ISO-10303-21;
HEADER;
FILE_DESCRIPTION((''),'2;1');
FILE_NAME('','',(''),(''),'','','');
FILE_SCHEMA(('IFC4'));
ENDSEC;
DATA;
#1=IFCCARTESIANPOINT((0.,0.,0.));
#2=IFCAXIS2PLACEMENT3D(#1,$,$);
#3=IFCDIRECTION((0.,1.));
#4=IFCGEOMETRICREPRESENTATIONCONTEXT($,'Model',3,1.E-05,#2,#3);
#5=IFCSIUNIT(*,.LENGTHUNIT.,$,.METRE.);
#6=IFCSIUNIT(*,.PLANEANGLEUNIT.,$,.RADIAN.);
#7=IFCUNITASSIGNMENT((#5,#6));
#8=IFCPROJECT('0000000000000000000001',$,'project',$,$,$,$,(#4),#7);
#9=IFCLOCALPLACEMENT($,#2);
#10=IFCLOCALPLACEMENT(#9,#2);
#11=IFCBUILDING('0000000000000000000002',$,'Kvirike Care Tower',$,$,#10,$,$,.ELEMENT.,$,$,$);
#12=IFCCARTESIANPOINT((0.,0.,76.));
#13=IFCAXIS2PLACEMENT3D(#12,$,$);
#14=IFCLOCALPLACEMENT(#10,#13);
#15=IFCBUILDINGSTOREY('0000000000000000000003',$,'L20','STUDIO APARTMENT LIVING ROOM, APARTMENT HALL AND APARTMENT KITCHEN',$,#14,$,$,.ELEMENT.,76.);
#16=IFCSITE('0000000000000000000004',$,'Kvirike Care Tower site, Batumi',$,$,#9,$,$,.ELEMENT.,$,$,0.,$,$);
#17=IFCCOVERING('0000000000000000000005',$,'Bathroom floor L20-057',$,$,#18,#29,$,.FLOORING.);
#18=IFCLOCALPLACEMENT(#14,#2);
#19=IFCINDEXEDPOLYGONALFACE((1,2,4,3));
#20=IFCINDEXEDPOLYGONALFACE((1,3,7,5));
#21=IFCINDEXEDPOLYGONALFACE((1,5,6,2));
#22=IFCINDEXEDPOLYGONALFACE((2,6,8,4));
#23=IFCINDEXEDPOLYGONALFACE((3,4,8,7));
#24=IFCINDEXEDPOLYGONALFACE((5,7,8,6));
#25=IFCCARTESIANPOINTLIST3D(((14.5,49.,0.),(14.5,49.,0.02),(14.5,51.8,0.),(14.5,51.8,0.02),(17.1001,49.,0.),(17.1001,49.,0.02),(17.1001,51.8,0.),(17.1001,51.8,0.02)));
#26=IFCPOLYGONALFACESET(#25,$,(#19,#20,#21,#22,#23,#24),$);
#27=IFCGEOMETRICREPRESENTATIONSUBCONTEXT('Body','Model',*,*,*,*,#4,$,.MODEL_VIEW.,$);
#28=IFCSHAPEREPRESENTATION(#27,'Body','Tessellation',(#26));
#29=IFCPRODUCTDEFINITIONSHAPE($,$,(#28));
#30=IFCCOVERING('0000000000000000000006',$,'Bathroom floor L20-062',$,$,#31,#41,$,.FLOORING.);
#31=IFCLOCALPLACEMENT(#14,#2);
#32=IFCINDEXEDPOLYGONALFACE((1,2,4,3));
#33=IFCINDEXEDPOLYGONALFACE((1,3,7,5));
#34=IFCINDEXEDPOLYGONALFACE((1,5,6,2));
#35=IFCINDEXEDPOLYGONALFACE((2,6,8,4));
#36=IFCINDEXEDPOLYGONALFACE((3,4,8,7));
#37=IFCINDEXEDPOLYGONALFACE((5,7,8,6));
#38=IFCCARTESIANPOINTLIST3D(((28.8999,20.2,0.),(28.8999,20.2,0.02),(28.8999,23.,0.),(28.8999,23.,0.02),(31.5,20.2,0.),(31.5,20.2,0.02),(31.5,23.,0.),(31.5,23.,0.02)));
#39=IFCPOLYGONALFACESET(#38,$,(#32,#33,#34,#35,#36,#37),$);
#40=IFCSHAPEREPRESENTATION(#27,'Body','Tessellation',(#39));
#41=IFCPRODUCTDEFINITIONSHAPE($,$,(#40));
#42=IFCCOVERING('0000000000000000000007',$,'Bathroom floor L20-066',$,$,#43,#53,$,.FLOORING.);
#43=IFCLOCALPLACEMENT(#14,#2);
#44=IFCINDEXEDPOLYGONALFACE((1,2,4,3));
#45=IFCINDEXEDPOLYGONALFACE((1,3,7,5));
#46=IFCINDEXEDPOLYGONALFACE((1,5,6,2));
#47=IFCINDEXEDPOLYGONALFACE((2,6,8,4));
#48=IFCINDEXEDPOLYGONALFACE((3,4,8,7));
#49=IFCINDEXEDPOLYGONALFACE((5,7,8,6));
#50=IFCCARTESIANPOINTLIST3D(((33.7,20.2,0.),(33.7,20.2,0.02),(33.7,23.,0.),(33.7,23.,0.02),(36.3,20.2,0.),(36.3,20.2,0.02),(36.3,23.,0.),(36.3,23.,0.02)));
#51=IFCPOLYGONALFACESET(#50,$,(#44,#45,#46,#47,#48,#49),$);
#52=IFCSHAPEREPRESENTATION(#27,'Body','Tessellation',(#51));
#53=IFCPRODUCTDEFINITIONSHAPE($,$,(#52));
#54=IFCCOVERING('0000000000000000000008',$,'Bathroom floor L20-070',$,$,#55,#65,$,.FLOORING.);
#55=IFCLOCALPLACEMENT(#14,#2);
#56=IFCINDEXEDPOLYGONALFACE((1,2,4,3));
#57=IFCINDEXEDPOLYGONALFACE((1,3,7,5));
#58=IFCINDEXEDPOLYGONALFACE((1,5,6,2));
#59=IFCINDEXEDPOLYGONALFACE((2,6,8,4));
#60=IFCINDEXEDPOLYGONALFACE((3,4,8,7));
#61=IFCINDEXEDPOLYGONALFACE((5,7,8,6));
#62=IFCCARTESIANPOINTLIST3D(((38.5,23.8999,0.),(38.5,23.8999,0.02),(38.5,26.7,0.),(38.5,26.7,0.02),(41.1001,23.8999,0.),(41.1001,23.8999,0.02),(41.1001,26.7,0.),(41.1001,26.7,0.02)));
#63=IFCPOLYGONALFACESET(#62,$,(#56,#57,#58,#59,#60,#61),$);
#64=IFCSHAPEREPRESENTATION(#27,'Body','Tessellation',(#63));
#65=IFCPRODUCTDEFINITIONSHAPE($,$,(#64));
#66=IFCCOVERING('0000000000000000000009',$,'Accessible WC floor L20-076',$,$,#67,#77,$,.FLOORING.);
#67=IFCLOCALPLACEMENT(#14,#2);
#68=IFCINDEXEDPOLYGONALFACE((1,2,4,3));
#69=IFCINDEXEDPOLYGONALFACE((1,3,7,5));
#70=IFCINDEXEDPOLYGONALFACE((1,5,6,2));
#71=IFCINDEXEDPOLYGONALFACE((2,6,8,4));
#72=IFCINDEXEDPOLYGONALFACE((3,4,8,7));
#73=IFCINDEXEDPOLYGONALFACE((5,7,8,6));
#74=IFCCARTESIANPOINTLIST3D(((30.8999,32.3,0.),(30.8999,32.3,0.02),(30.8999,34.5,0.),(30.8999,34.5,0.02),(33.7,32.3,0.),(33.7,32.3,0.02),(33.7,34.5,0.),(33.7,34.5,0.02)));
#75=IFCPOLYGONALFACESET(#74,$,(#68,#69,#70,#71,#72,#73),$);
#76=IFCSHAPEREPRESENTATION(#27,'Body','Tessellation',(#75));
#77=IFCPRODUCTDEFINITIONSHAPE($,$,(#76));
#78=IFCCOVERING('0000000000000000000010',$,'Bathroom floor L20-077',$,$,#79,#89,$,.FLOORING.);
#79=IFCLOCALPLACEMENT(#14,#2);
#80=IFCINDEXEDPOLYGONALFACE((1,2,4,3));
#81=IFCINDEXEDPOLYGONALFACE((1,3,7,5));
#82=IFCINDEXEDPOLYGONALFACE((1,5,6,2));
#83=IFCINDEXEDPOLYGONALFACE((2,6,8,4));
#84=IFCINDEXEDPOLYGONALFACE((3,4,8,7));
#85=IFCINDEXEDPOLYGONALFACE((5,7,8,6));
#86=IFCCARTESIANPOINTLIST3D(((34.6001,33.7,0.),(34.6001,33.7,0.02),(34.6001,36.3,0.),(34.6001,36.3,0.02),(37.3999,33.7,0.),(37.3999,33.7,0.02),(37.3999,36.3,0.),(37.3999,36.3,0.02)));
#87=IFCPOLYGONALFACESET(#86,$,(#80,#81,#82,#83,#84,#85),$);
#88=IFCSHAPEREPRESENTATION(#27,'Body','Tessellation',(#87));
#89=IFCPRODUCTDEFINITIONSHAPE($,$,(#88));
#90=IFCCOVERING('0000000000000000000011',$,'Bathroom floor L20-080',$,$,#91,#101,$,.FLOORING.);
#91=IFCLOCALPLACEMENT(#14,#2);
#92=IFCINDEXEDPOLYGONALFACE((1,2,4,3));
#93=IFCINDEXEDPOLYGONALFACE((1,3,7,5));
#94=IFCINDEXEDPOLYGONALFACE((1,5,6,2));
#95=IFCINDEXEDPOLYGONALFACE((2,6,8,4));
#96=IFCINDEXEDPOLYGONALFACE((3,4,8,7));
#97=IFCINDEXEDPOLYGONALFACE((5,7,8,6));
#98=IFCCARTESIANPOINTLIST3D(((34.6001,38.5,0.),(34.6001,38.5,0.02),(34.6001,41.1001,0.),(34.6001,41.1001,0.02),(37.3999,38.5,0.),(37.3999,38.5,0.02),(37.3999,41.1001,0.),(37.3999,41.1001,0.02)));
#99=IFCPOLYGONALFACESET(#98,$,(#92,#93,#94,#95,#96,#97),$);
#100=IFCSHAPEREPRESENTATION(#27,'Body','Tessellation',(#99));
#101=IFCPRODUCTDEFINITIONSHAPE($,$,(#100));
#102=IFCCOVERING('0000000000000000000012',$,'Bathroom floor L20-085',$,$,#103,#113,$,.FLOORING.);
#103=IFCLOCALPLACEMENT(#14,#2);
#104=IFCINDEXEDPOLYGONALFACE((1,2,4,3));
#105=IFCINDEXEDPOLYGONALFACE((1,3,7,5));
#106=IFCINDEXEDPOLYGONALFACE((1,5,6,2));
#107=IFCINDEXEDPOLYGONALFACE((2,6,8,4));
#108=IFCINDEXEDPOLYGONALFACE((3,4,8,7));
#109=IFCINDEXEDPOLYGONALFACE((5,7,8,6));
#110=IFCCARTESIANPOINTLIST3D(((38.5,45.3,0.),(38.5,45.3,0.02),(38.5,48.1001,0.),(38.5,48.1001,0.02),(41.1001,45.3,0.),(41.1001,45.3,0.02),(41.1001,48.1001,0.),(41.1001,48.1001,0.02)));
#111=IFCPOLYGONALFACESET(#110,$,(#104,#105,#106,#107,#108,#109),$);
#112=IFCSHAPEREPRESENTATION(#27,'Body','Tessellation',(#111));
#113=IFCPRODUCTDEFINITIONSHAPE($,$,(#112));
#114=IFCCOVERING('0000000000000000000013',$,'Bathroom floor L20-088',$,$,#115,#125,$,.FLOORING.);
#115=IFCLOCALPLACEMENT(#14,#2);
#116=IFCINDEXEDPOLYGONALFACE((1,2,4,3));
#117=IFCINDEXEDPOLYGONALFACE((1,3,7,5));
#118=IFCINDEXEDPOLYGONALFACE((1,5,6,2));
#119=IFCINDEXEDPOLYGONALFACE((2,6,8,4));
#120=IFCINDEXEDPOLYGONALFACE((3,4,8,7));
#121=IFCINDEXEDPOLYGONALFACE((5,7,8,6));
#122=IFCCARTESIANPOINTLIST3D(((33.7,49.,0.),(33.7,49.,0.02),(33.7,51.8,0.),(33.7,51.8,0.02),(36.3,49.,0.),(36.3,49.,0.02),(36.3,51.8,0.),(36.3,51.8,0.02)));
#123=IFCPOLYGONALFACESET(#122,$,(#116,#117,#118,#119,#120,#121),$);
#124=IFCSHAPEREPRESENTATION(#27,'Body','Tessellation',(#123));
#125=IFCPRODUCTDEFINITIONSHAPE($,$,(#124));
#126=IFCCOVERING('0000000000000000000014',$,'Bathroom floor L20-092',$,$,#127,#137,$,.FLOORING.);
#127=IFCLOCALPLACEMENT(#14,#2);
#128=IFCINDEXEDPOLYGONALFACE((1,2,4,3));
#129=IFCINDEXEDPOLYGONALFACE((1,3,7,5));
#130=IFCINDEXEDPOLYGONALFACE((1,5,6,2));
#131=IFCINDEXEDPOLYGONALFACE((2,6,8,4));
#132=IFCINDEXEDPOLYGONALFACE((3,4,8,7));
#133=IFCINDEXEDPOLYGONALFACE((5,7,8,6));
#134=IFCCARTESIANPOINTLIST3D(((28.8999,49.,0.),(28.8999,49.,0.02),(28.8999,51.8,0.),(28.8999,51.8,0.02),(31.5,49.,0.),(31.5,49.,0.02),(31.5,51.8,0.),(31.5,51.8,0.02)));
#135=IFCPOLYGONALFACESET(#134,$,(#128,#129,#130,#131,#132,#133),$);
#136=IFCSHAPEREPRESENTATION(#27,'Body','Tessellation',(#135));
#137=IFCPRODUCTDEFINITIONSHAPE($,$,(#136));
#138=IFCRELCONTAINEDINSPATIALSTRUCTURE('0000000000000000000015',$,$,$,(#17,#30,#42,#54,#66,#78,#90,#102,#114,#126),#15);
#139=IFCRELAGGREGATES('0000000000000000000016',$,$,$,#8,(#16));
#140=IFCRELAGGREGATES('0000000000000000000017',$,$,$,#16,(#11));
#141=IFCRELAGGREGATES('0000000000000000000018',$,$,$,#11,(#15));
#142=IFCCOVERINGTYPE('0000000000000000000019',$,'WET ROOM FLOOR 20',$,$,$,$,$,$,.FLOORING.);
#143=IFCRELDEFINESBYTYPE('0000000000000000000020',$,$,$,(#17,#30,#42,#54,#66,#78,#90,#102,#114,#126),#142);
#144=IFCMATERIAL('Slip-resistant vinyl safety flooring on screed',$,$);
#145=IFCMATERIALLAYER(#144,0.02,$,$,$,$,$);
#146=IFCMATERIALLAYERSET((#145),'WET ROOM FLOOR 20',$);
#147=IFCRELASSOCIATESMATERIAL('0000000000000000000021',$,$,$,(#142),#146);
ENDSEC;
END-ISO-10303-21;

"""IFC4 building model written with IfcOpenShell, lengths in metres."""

from ifc_helpers import new_model, si_unit, direction, frame, origin, place, context, subcontext, project, spatial, polyline, outline, extrude, material, layer, layer_set, type_object, element, save


model = new_model("IFC4")

# Units and contexts
model_context = context("Model", 3, precision=1e-05, world=origin(), true_north=direction((0.0, 1.0)))
body_context = subcontext(model_context, "Body", "Model", "MODEL_VIEW")
ifc_project = project(units=[si_unit("LENGTHUNIT", "METRE"), si_unit("PLANEANGLEUNIT", "RADIAN")], contexts=[model_context])

# Site, building, storey
site_placement = place(None, origin())
site = spatial("IfcSite", under=ifc_project, at=site_placement, Name="Kvirike Care Tower site, Batumi", CompositionType="ELEMENT", RefElevation=0.0)
building_placement = place(site_placement, origin())
building = spatial("IfcBuilding", under=site, at=building_placement, Name="Kvirike Care Tower", CompositionType="ELEMENT")
storey_placement = place(building_placement, frame((0.0, 0.0, 76.0)))
storey = spatial("IfcBuildingStorey", under=building, at=storey_placement, Name="L20", Description="STUDIO APARTMENT LIVING ROOM, APARTMENT HALL AND APARTMENT KITCHEN", CompositionType="ELEMENT", Elevation=76.0)

# Coverings
ifc_material_1 = material(Name="Slip-resistant vinyl safety flooring on screed")
ifc_layer_1 = layer(ifc_material_1, 0.02)
ifc_layer_set_1 = layer_set([ifc_layer_1], Name="WET ROOM FLOOR 20")
covering_type = type_object("IfcCoveringType", Name="WET ROOM FLOOR 20", PredefinedType="FLOORING", material=ifc_layer_set_1)
covering_1_placement = place(storey_placement, origin())
element("IfcCovering", 1, at=covering_1_placement, inside=storey, type_object=covering_type, Name="Bathroom floor L20-057", PredefinedType="FLOORING", context=body_context, shape_type="SweptSolid", body=[
    extrude(outline(polyline([(17.1001, 51.8), (17.1001, 49.0), (14.5, 49.0), (14.5, 51.8), (17.1001, 51.8)])), origin(), (0.0, 0.0, 1.0), 0.02),
])
covering_2_placement = place(storey_placement, origin())
element("IfcCovering", 2, at=covering_2_placement, inside=storey, type_object=covering_type, Name="Bathroom floor L20-062", PredefinedType="FLOORING", context=body_context, shape_type="SweptSolid", body=[
    extrude(outline(polyline([(28.8999, 20.2), (28.8999, 23.0), (31.5, 23.0), (31.5, 20.2), (28.8999, 20.2)])), origin(), (0.0, 0.0, 1.0), 0.02),
])
covering_3_placement = place(storey_placement, origin())
element("IfcCovering", 3, at=covering_3_placement, inside=storey, type_object=covering_type, Name="Bathroom floor L20-066", PredefinedType="FLOORING", context=body_context, shape_type="SweptSolid", body=[
    extrude(outline(polyline([(33.7, 20.2), (33.7, 23.0), (36.3, 23.0), (36.3, 20.2), (33.7, 20.2)])), origin(), (0.0, 0.0, 1.0), 0.02),
])
covering_4_placement = place(storey_placement, origin())
element("IfcCovering", 4, at=covering_4_placement, inside=storey, type_object=covering_type, Name="Bathroom floor L20-070", PredefinedType="FLOORING", context=body_context, shape_type="SweptSolid", body=[
    extrude(outline(polyline([(38.5, 23.8999), (38.5, 26.7), (41.1001, 26.7), (41.1001, 23.8999), (38.5, 23.8999)])), origin(), (0.0, 0.0, 1.0), 0.02),
])
covering_5_placement = place(storey_placement, origin())
element("IfcCovering", 5, at=covering_5_placement, inside=storey, type_object=covering_type, Name="Accessible WC floor L20-076", PredefinedType="FLOORING", context=body_context, shape_type="SweptSolid", body=[
    extrude(outline(polyline([(33.7, 32.3), (30.8999, 32.3), (30.8999, 34.5), (33.7, 34.5), (33.7, 32.3)])), origin(), (0.0, 0.0, 1.0), 0.02),
])
covering_6_placement = place(storey_placement, origin())
element("IfcCovering", 6, at=covering_6_placement, inside=storey, type_object=covering_type, Name="Bathroom floor L20-077", PredefinedType="FLOORING", context=body_context, shape_type="SweptSolid", body=[
    extrude(outline(polyline([(37.3999, 33.7), (34.6001, 33.7), (34.6001, 36.3), (37.3999, 36.3), (37.3999, 33.7)])), origin(), (0.0, 0.0, 1.0), 0.02),
])
covering_7_placement = place(storey_placement, origin())
element("IfcCovering", 7, at=covering_7_placement, inside=storey, type_object=covering_type, Name="Bathroom floor L20-080", PredefinedType="FLOORING", context=body_context, shape_type="SweptSolid", body=[
    extrude(outline(polyline([(37.3999, 38.5), (34.6001, 38.5), (34.6001, 41.1001), (37.3999, 41.1001), (37.3999, 38.5)])), origin(), (0.0, 0.0, 1.0), 0.02),
])
covering_8_placement = place(storey_placement, origin())
element("IfcCovering", 8, at=covering_8_placement, inside=storey, type_object=covering_type, Name="Bathroom floor L20-085", PredefinedType="FLOORING", context=body_context, shape_type="SweptSolid", body=[
    extrude(outline(polyline([(41.1001, 48.1001), (41.1001, 45.3), (38.5, 45.3), (38.5, 48.1001), (41.1001, 48.1001)])), origin(), (0.0, 0.0, 1.0), 0.02),
])
covering_9_placement = place(storey_placement, origin())
element("IfcCovering", 9, at=covering_9_placement, inside=storey, type_object=covering_type, Name="Bathroom floor L20-088", PredefinedType="FLOORING", context=body_context, shape_type="SweptSolid", body=[
    extrude(outline(polyline([(36.3, 51.8), (36.3, 49.0), (33.7, 49.0), (33.7, 51.8), (36.3, 51.8)])), origin(), (0.0, 0.0, 1.0), 0.02),
])
covering_10_placement = place(storey_placement, origin())
element("IfcCovering", 10, at=covering_10_placement, inside=storey, type_object=covering_type, Name="Bathroom floor L20-092", PredefinedType="FLOORING", context=body_context, shape_type="SweptSolid", body=[
    extrude(outline(polyline([(31.5, 51.8), (31.5, 49.0), (28.8999, 49.0), (28.8999, 51.8), (31.5, 51.8)])), origin(), (0.0, 0.0, 1.0), 0.02),
])

save(model, "model.ifc")
